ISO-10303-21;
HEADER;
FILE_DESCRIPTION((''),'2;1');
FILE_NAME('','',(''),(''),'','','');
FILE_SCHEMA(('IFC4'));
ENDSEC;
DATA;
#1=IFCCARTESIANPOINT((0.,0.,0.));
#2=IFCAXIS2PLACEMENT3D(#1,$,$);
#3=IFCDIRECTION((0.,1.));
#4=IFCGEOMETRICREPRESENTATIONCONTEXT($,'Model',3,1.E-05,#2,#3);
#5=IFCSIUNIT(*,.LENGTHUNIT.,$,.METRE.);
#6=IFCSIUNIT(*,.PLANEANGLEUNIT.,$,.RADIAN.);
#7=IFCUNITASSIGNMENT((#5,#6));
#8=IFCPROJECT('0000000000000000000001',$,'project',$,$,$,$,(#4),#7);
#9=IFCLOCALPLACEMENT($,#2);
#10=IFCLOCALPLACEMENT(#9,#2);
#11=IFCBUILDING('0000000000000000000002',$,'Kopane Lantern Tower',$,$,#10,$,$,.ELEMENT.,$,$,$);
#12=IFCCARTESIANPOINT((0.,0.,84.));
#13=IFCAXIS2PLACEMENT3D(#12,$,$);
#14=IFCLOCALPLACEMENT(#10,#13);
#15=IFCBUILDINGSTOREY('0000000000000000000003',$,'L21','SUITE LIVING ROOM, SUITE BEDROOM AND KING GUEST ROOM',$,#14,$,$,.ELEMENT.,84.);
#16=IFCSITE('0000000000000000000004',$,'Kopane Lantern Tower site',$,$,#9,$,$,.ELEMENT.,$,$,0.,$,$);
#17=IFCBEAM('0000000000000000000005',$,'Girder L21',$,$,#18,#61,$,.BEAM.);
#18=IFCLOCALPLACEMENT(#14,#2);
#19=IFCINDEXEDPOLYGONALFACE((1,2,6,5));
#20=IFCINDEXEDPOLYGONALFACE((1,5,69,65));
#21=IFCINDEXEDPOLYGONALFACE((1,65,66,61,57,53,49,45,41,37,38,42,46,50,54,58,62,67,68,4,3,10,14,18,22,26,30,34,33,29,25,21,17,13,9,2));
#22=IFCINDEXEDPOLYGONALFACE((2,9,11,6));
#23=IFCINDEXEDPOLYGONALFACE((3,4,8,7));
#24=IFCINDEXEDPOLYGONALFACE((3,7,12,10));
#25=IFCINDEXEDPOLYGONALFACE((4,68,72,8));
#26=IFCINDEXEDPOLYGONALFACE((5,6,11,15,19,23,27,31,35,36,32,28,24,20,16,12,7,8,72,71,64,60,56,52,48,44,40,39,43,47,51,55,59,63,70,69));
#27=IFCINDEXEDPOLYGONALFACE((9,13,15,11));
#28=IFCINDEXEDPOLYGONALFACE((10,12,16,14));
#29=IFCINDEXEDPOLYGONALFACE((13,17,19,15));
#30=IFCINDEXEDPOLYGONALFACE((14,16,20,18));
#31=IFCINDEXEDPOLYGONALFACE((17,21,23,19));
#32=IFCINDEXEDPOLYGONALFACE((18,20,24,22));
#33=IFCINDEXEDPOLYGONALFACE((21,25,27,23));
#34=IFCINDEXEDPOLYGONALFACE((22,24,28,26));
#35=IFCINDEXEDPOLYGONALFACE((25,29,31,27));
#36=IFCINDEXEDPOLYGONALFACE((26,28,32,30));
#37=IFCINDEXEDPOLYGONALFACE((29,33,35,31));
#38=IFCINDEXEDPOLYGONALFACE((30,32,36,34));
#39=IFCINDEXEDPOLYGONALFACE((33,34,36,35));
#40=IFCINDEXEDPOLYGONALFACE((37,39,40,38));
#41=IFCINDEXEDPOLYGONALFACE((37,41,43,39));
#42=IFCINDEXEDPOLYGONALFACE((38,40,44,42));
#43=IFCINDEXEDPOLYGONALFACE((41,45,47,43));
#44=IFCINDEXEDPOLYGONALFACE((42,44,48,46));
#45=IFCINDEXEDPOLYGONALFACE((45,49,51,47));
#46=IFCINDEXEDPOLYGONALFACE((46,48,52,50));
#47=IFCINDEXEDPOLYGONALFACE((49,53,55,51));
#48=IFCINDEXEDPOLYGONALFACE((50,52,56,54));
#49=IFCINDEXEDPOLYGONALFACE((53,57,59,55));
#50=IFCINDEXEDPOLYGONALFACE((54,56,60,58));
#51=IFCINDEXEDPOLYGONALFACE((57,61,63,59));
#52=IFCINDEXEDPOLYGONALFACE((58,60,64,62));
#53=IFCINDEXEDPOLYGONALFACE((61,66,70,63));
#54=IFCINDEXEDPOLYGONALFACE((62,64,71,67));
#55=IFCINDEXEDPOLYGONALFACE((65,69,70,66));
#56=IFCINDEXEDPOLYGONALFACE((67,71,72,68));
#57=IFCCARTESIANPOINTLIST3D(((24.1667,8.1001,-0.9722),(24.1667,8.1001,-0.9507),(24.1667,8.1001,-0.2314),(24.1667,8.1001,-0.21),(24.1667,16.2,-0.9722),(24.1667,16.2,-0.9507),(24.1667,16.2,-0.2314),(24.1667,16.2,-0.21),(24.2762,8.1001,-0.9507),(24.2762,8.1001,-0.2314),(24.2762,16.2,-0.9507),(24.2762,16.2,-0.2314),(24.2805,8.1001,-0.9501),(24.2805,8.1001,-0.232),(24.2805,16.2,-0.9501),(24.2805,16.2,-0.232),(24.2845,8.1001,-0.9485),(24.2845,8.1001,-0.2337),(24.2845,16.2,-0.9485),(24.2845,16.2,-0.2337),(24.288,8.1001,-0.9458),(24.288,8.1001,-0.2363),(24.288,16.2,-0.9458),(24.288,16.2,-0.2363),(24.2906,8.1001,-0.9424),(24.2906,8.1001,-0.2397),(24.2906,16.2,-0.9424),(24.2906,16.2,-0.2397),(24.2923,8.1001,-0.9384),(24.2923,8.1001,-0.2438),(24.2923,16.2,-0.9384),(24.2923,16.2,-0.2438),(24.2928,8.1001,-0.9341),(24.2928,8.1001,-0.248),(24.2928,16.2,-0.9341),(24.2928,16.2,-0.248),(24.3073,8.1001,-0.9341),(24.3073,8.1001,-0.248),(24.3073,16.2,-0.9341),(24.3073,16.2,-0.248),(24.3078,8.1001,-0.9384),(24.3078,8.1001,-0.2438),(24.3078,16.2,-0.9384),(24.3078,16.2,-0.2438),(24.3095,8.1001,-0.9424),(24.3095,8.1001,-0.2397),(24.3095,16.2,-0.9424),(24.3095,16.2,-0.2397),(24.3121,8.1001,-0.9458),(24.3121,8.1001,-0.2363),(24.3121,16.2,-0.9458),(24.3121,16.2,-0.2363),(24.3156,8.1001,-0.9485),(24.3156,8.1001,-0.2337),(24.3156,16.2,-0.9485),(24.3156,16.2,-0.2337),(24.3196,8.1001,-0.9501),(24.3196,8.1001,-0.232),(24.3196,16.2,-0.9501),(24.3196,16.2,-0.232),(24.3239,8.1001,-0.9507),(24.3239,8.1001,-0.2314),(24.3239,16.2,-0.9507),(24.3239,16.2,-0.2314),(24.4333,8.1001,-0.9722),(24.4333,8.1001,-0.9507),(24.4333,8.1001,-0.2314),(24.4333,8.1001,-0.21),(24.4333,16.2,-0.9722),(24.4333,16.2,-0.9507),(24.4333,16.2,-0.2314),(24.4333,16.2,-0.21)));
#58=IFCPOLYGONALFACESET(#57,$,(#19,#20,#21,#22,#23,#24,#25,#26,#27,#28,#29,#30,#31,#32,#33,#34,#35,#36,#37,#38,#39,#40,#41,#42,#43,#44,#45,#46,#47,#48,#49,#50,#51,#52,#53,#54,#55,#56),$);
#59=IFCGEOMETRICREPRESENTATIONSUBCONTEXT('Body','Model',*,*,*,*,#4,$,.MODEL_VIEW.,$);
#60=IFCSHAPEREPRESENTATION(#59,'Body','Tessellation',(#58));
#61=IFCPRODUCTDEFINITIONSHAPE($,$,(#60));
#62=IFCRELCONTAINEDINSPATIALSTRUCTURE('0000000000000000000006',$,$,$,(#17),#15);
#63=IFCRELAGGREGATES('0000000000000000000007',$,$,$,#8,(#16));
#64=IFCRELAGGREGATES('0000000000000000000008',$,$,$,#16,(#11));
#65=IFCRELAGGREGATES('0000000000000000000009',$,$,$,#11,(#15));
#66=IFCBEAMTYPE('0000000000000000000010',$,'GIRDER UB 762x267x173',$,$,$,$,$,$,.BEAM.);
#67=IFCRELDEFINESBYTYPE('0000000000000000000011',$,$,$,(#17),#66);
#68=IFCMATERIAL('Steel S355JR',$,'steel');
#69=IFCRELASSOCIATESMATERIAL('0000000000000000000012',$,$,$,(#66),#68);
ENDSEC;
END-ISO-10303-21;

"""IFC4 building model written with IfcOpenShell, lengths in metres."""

from ifc_helpers import new_model, si_unit, direction, frame, origin, origin_2d, place, context, subcontext, project, spatial, i_section, extrude, material, material_profile, profile_set, type_object, element, save


model = new_model("IFC4")

# Units and contexts
model_context = context("Model", 3, precision=1e-05, world=origin(), true_north=direction((0.0, 1.0)))
body_context = subcontext(model_context, "Body", "Model", "MODEL_VIEW")
ifc_project = project(units=[si_unit("LENGTHUNIT", "METRE"), si_unit("PLANEANGLEUNIT", "RADIAN")], contexts=[model_context])

# Site, building, storey
site_placement = place(None, origin())
site = spatial("IfcSite", under=ifc_project, at=site_placement, Name="Kopane Lantern Tower site", CompositionType="ELEMENT", RefElevation=0.0)
building_placement = place(site_placement, origin())
building = spatial("IfcBuilding", under=site, at=building_placement, Name="Kopane Lantern Tower", CompositionType="ELEMENT")
storey_placement = place(building_placement, frame((0.0, 0.0, 84.0)))
storey = spatial("IfcBuildingStorey", under=building, at=storey_placement, Name="L21", Description="SUITE LIVING ROOM, SUITE BEDROOM AND KING GUEST ROOM", CompositionType="ELEMENT", Elevation=84.0)

# Beam
ifc_material_1 = material(Name="Steel S355JR", Category="steel")
ifc_material_profile_1 = material_profile(ifc_material_1, i_section(OverallWidth=0.2666, OverallDepth=0.7622, WebThickness=0.0144, FlangeThickness=0.0215, FilletRadius=0.0166, at=origin_2d()), Name="UB 762x267x173")
ifc_profile_set_1 = profile_set([ifc_material_profile_1], Name="Steel S355JR")
beam_type = type_object("IfcBeamType", Name="GIRDER UB 762x267x173", PredefinedType="BEAM", material=ifc_profile_set_1)
for number, where, z_axis, x_axis, name in (
    (1, (24.3, 8.1001, -0.5911), (0.0, 1.0, 0.0), (-1.0, 0.0, 0.0), "Girder L21"),
):
    element("IfcBeam", number, at=place(storey_placement, frame(where, z_axis=z_axis, x_axis=x_axis)), inside=storey, type_object=beam_type, Name=name, PredefinedType="BEAM", context=body_context, shape_type="SweptSolid", body=[
        extrude(i_section(OverallWidth=0.2666, OverallDepth=0.7622, WebThickness=0.0144, FlangeThickness=0.0215, FilletRadius=0.0166, at=origin_2d()), origin(), (0.0, 0.0, 1.0), 8.0999),
    ])

save(model, "model.ifc")
